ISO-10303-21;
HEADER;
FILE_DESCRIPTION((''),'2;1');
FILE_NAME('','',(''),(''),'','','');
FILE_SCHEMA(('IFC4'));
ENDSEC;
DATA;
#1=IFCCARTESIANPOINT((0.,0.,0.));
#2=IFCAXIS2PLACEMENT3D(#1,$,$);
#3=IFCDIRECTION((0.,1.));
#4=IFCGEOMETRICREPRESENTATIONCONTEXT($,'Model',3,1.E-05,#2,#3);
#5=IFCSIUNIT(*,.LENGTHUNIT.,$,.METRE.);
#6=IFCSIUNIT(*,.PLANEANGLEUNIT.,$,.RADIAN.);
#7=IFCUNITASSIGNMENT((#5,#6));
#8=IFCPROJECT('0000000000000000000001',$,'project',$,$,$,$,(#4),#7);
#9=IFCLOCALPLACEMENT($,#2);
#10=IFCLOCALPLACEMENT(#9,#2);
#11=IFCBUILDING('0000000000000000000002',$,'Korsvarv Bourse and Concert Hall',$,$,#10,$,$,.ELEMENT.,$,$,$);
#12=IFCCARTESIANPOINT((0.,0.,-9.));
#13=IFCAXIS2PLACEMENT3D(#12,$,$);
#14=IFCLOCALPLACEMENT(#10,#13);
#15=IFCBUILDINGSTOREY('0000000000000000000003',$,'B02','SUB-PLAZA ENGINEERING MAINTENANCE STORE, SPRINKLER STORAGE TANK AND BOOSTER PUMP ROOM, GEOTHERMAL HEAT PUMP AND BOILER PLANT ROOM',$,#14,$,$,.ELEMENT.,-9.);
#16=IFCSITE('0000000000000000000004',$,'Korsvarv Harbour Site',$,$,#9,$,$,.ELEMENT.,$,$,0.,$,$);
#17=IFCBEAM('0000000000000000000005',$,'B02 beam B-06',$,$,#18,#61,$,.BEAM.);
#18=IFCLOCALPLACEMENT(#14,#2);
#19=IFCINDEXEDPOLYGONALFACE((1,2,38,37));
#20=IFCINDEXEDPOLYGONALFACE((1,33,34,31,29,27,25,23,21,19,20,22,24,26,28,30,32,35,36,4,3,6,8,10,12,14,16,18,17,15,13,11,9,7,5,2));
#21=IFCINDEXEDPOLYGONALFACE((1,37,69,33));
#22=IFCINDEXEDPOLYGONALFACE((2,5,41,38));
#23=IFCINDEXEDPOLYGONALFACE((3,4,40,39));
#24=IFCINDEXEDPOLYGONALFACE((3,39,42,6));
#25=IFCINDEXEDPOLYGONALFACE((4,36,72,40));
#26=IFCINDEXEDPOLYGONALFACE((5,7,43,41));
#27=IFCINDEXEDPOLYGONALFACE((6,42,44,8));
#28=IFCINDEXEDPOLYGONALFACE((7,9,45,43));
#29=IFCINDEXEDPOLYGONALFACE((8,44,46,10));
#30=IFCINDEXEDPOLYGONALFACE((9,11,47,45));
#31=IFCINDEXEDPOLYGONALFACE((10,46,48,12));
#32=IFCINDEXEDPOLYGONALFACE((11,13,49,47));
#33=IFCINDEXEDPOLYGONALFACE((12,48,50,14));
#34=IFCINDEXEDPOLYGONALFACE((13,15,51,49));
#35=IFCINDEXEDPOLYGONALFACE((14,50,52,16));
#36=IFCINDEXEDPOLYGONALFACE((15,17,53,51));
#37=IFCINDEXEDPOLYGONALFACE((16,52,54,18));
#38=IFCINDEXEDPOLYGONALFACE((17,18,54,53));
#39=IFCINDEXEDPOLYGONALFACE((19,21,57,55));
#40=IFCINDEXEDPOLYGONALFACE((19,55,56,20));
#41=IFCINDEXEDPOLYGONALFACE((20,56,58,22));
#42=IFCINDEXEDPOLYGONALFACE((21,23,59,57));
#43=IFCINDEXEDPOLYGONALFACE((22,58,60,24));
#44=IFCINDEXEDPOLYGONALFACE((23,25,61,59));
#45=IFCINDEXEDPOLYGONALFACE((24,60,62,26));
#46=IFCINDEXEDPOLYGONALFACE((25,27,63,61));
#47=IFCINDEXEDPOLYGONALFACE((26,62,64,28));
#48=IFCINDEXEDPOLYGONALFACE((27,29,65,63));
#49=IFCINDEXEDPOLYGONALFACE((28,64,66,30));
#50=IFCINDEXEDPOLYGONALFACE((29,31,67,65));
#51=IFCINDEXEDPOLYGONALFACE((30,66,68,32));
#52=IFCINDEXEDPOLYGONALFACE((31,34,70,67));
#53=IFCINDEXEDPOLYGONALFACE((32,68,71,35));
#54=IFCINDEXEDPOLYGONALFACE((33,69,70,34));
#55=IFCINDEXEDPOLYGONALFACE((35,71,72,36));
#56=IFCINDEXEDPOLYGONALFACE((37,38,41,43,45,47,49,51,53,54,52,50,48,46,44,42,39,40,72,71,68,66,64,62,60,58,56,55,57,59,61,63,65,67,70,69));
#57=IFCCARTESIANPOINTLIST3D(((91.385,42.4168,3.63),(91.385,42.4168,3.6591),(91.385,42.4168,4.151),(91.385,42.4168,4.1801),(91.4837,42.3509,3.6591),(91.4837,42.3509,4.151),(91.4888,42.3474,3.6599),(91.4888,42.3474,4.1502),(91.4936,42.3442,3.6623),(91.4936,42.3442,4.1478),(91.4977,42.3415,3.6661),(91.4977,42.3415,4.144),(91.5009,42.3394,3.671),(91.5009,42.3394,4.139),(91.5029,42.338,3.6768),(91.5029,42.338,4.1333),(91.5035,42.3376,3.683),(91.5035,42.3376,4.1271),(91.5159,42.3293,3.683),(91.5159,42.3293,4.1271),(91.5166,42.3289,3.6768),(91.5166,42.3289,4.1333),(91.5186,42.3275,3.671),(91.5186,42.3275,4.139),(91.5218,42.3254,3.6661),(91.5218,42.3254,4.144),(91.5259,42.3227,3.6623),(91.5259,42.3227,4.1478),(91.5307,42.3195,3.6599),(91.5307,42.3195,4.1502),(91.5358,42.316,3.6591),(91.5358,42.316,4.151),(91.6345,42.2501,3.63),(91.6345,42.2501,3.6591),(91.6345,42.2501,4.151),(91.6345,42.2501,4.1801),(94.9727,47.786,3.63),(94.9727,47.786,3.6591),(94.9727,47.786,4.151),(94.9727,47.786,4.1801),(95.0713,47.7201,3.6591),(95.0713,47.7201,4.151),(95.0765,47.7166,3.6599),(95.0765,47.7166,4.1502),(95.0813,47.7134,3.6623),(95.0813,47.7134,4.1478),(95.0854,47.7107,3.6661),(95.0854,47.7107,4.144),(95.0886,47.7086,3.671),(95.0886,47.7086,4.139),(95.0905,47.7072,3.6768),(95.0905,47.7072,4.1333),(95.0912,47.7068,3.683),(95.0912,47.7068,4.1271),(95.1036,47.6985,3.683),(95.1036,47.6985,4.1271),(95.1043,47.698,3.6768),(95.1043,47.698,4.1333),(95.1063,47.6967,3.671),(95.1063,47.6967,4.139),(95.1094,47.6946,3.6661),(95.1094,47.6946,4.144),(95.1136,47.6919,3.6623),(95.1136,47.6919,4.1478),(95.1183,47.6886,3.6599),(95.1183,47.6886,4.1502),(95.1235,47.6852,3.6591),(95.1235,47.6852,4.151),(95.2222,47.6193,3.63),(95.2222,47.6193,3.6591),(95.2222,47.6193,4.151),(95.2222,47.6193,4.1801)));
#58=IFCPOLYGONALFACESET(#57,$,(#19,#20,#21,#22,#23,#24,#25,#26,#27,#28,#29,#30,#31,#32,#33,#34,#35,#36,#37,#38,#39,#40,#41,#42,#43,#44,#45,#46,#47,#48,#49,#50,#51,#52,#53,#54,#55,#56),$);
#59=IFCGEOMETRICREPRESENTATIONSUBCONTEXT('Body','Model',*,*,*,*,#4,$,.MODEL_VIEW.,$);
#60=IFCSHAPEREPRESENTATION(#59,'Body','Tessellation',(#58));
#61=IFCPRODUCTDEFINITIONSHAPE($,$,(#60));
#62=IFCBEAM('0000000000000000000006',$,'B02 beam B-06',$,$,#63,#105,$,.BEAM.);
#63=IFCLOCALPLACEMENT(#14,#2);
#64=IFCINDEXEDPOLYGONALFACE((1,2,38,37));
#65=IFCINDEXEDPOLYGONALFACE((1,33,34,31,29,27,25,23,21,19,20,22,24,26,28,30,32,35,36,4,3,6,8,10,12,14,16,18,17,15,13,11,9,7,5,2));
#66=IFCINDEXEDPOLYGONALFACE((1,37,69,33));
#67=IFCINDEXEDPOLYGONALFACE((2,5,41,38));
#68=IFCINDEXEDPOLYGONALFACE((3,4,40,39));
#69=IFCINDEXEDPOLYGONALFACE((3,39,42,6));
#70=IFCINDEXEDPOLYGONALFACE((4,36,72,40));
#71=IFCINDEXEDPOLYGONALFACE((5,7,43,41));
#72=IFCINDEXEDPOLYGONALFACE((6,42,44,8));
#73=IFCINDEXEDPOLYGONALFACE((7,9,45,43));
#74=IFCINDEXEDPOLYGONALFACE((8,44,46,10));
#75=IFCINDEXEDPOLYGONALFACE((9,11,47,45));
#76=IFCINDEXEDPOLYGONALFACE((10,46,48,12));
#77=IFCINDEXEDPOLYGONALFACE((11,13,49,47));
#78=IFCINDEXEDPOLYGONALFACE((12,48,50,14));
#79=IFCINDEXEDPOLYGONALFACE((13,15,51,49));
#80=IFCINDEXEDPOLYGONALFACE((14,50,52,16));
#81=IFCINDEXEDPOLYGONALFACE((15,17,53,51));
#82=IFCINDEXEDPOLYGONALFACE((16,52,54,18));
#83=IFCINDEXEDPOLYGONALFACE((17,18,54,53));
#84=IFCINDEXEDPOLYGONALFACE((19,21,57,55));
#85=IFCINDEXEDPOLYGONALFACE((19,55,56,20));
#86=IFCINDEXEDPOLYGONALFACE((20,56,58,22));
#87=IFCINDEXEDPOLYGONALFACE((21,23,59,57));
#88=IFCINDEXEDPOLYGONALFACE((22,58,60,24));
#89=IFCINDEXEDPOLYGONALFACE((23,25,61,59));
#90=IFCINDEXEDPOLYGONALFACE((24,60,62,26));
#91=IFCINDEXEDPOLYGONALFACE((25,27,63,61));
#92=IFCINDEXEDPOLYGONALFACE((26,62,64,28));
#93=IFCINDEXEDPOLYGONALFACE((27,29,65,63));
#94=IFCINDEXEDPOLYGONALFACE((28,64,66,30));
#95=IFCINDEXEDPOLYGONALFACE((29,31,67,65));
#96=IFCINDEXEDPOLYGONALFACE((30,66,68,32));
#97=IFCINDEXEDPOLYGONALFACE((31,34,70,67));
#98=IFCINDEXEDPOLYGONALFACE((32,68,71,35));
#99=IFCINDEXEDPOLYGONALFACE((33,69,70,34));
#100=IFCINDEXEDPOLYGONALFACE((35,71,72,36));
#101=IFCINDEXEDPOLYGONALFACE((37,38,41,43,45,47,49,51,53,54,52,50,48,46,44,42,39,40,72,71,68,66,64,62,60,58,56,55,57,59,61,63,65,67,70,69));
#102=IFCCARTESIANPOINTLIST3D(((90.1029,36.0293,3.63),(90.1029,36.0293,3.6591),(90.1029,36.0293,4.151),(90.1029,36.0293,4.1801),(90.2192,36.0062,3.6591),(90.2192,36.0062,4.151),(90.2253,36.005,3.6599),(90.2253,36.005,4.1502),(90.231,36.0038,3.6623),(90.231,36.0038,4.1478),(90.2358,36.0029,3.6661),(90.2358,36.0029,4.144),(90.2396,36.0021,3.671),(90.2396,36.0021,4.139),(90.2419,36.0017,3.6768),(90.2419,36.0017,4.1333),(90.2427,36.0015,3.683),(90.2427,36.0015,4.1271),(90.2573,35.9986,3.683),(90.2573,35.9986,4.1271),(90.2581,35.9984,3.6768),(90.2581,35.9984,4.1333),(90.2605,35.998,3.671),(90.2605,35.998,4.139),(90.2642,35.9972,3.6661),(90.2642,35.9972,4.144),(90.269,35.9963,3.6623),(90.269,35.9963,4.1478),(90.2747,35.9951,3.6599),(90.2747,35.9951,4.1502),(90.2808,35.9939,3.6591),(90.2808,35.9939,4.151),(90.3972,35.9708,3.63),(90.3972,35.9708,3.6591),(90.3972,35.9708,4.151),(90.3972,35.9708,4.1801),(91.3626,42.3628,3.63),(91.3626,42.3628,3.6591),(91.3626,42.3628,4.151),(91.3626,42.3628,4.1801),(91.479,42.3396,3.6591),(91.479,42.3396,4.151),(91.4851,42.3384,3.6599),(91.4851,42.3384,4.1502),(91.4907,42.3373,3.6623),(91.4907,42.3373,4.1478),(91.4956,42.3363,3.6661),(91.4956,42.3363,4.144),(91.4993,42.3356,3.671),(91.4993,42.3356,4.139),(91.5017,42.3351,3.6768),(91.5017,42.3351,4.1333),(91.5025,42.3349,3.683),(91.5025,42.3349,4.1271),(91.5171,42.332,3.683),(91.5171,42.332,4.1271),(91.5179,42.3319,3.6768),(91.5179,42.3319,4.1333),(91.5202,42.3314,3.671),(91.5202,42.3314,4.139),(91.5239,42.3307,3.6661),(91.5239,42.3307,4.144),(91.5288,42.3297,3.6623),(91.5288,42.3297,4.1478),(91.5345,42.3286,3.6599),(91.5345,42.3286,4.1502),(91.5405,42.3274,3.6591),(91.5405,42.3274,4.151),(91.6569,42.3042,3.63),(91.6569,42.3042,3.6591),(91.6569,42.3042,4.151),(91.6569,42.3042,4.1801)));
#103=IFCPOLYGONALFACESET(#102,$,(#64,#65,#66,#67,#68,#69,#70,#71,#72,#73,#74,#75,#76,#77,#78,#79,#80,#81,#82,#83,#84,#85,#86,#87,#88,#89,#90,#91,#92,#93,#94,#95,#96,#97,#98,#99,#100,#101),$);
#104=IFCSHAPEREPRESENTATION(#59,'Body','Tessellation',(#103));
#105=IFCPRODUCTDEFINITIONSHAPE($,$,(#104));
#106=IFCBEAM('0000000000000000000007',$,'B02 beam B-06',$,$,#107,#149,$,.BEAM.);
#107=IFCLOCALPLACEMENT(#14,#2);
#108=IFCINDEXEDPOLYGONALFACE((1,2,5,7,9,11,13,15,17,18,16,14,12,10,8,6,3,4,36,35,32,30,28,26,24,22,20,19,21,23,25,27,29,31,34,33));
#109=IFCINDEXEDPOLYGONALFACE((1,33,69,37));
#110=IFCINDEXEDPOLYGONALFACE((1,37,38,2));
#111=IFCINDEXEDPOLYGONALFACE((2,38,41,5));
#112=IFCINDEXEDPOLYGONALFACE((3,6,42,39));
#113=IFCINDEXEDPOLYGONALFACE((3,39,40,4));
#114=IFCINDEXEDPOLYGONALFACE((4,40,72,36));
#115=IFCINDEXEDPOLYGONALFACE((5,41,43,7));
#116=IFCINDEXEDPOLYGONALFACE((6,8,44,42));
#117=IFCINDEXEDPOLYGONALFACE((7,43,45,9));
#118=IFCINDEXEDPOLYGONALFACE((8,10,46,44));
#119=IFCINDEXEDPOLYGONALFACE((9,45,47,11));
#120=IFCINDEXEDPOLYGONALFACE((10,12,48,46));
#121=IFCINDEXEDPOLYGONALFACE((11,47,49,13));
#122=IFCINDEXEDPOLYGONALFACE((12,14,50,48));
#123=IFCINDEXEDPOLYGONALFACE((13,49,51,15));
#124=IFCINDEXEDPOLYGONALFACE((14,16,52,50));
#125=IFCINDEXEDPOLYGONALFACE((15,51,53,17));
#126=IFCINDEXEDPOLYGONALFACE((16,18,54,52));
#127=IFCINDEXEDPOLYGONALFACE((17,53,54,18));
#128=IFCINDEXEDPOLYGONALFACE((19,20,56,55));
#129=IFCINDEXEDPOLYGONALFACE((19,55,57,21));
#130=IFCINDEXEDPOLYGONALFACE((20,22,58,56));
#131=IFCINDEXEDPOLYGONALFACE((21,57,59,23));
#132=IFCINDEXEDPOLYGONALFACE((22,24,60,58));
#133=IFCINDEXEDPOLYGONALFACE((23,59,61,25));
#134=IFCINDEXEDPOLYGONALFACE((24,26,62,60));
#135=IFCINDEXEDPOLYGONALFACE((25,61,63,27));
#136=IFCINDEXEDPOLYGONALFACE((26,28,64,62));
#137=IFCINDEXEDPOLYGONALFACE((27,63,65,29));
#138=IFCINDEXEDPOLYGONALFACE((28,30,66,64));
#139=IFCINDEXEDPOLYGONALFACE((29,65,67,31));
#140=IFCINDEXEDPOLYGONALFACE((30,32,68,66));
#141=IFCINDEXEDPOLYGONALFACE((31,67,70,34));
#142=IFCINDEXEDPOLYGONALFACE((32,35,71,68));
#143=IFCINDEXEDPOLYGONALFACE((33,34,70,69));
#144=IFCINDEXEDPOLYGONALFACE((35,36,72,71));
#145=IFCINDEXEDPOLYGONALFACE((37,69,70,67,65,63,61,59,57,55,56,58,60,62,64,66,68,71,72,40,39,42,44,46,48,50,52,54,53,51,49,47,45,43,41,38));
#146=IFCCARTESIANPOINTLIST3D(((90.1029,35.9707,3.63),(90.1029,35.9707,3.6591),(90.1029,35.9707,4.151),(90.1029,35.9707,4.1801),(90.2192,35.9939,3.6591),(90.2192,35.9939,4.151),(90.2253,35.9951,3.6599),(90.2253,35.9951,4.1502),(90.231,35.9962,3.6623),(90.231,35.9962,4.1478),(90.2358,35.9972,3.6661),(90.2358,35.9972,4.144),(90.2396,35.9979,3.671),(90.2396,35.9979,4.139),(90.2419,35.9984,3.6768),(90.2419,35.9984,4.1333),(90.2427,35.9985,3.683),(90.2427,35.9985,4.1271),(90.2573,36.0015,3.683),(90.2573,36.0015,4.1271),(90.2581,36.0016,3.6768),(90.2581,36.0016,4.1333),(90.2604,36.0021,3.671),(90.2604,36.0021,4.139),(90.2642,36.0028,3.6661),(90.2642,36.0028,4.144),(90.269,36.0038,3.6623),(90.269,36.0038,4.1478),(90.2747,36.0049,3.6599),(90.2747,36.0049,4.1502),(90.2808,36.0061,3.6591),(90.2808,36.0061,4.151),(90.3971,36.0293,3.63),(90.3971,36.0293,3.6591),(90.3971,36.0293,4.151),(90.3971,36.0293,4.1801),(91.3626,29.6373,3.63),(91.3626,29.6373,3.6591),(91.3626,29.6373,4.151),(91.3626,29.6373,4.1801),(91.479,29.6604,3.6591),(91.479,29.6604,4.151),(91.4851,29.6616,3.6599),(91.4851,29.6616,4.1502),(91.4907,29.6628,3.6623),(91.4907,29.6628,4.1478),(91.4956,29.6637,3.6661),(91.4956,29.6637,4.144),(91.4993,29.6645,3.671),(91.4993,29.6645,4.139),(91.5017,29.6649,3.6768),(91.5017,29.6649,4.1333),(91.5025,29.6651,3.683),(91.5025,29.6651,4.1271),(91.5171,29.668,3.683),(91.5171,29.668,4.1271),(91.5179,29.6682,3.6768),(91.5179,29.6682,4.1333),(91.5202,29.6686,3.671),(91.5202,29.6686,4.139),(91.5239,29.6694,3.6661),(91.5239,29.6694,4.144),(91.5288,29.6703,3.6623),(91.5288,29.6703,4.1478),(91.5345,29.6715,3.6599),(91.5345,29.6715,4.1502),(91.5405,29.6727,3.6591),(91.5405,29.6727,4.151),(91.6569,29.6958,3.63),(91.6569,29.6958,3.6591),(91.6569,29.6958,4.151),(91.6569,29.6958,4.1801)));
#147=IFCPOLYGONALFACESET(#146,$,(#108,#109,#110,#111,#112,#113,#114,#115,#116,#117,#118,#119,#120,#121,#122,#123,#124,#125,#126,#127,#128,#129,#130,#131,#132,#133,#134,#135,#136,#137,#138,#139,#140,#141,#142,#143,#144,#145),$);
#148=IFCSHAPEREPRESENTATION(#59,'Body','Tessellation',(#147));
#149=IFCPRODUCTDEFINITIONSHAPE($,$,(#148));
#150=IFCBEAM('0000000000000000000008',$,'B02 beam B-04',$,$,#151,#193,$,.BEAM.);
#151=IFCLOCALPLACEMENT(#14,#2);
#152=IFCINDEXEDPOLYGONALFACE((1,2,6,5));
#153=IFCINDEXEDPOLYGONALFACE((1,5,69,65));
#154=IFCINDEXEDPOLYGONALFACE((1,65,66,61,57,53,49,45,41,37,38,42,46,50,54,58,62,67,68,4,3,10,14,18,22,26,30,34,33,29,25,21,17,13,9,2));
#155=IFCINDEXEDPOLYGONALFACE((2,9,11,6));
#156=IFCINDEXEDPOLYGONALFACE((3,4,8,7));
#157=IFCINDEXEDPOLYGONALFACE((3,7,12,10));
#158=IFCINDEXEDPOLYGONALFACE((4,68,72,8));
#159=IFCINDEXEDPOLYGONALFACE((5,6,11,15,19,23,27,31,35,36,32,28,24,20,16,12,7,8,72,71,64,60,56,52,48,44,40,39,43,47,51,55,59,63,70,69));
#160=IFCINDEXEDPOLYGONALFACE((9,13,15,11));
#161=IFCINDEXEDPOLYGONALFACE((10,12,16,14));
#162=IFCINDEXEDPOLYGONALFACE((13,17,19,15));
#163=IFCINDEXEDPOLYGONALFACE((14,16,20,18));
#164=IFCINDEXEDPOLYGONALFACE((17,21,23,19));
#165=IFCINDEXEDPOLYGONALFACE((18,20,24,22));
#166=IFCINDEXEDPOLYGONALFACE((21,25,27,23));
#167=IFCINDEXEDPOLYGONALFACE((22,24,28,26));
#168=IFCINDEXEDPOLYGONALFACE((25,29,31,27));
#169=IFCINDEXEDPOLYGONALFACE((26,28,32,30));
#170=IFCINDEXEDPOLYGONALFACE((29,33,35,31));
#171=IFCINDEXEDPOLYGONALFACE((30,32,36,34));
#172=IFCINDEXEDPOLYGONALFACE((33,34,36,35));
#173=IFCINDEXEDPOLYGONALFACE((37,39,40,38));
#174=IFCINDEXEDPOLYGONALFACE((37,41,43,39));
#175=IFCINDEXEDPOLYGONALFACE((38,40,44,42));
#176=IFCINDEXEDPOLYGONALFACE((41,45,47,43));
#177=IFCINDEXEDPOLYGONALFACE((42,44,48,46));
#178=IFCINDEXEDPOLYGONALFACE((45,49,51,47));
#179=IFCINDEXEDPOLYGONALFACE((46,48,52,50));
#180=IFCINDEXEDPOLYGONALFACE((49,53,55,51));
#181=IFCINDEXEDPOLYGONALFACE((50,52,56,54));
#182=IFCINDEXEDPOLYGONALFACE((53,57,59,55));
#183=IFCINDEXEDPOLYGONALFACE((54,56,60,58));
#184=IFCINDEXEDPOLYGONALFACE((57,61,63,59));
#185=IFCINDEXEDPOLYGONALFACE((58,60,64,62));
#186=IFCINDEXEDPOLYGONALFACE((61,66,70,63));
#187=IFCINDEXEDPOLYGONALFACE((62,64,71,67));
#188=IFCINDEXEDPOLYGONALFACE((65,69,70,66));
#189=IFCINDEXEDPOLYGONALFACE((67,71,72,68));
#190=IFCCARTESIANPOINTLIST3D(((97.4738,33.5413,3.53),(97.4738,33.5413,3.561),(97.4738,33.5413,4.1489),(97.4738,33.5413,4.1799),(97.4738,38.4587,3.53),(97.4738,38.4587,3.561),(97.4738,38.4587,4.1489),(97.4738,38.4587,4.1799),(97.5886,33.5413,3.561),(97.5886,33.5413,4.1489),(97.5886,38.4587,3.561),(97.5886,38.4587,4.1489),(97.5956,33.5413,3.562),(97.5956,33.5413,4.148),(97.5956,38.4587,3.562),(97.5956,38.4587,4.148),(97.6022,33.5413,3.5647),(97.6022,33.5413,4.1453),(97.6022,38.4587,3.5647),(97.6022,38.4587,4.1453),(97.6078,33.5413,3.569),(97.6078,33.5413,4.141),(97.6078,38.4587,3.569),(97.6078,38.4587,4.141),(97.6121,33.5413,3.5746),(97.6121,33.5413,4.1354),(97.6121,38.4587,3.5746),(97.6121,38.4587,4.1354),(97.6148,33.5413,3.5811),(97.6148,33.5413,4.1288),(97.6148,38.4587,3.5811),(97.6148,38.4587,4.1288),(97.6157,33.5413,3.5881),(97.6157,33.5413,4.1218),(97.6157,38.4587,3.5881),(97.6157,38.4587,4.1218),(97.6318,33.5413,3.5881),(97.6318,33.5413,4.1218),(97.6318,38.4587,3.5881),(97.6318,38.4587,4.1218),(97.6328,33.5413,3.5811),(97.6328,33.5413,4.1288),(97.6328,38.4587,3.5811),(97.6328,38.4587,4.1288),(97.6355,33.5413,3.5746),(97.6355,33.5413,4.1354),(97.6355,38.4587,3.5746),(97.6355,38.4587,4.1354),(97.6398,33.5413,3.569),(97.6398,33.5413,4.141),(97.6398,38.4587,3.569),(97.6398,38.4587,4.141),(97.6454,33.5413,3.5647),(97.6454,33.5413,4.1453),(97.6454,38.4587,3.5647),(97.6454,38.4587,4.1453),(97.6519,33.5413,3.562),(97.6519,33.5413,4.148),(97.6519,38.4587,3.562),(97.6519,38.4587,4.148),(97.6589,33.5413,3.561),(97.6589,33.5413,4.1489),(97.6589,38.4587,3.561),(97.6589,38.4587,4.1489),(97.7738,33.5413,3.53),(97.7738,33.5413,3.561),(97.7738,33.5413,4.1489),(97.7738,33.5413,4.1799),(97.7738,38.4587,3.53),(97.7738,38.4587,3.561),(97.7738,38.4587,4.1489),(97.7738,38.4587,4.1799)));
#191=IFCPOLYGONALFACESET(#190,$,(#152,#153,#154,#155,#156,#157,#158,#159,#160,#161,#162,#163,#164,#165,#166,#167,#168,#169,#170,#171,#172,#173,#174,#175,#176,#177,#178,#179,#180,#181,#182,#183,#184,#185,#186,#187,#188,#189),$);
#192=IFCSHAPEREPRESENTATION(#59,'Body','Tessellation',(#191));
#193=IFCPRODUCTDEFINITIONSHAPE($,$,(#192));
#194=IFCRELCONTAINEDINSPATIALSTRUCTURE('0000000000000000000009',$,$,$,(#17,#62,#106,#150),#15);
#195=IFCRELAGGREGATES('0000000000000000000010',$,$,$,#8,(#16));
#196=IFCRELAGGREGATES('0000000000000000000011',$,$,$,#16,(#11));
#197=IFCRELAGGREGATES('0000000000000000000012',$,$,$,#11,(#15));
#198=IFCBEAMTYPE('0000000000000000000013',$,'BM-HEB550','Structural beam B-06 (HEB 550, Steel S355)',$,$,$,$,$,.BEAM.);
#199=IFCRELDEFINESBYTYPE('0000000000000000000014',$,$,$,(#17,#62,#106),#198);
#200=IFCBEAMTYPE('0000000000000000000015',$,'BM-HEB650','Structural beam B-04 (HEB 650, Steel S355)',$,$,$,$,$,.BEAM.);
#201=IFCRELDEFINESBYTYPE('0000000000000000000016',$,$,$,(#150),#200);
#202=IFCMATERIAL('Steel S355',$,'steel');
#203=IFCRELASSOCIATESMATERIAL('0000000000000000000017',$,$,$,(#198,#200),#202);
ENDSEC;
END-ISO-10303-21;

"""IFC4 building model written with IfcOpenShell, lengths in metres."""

from ifc_helpers import new_model, si_unit, direction, frame, origin, origin_2d, place, context, subcontext, project, spatial, i_section, extrude, source, transform, mapped, material, material_profile, profile_set, type_object, element, save


model = new_model("IFC4")

# Units and contexts
model_context = context("Model", 3, precision=1e-05, world=origin(), true_north=direction((0.0, 1.0)))
body_context = subcontext(model_context, "Body", "Model", "MODEL_VIEW")
ifc_project = project(units=[si_unit("LENGTHUNIT", "METRE"), si_unit("PLANEANGLEUNIT", "RADIAN")], contexts=[model_context])

# Site, building, storey
site_placement = place(None, origin())
site = spatial("IfcSite", under=ifc_project, at=site_placement, Name="Korsvarv Harbour Site", CompositionType="ELEMENT", RefElevation=0.0)
building_placement = place(site_placement, origin())
building = spatial("IfcBuilding", under=site, at=building_placement, Name="Korsvarv Bourse and Concert Hall", CompositionType="ELEMENT")
storey_placement = place(building_placement, frame((0.0, 0.0, -9.0)))
storey = spatial("IfcBuildingStorey", under=building, at=storey_placement, Name="B02", Description="SUB-PLAZA ENGINEERING MAINTENANCE STORE, SPRINKLER STORAGE TANK AND BOOSTER PUMP ROOM, GEOTHERMAL HEAT PUMP AND BOILER PLANT ROOM", CompositionType="ELEMENT", Elevation=-9.0)

# Beams
ifc_material_1 = material(Name="Steel S355", Category="steel")
ifc_material_profile_1 = material_profile(ifc_material_1, i_section(OverallWidth=0.3, OverallDepth=0.55, WebThickness=0.0149, FlangeThickness=0.0291, FilletRadius=0.0239, at=origin_2d()), Name="HEB 550")
ifc_profile_set_1 = profile_set([ifc_material_profile_1], Name="Steel S355")
beam_type_1 = type_object("IfcBeamType", Name="BM-HEB550", Description="Structural beam B-06 (HEB 550, Steel S355)", PredefinedType="BEAM", material=ifc_profile_set_1)
shared_shape_1 = source(origin(), body_context, "Body", "SweptSolid", [
    extrude(i_section(OverallWidth=0.3, OverallDepth=0.55, WebThickness=0.0149, FlangeThickness=0.0291, FilletRadius=0.0239, at=origin_2d()), origin(), (0.0, 0.0, 1.0), 6.4575),
])
for number, where, z_axis, x_axis, name in (
    (1, (95.0974, 47.7026, 3.905), (-0.555581, -0.831462, 0.0), (0.831462, -0.555581, 0.0), "B02 beam B-06"),
    (2, (91.5098, 42.3335, 3.905), (-0.195084, -0.980787, 0.0), (0.980787, -0.195084, 0.0), "B02 beam B-06"),
    (3, (90.25, 36.0, 3.905), (0.195084, -0.980787, 0.0), (0.980787, 0.195084, 0.0), "B02 beam B-06"),
):
    element("IfcBeam", number, at=place(storey_placement, frame(where, z_axis=z_axis, x_axis=x_axis)), inside=storey, type_object=beam_type_1, Name=name, PredefinedType="BEAM", context=body_context, shape_type="MappedRepresentation", body=[
        mapped(shared_shape_1, transform((0.0, 0.0, 0.0), scale=1.0)),
    ])
ifc_material_profile_2 = material_profile(ifc_material_1, i_section(OverallWidth=0.3, OverallDepth=0.6499, WebThickness=0.0161, FlangeThickness=0.031, FilletRadius=0.0271, at=origin_2d()), Name="HEB 650")
ifc_profile_set_2 = profile_set([ifc_material_profile_2], Name="Steel S355")
beam_type_2 = type_object("IfcBeamType", Name="BM-HEB650", Description="Structural beam B-04 (HEB 650, Steel S355)", PredefinedType="BEAM", material=ifc_profile_set_2)
shared_shape_2 = source(origin(), body_context, "Body", "SweptSolid", [
    extrude(i_section(OverallWidth=0.3, OverallDepth=0.6499, WebThickness=0.0161, FlangeThickness=0.031, FilletRadius=0.0271, at=origin_2d()), origin(), (0.0, 0.0, 1.0), 4.9175),
])
beam_1_placement = place(storey_placement, frame((97.6238, 38.4587, 3.855), z_axis=(0.0, -1.0, 0.0), x_axis=(1.0, 0.0, 0.0)))
element("IfcBeam", 4, at=beam_1_placement, inside=storey, type_object=beam_type_2, Name="B02 beam B-04", PredefinedType="BEAM", context=body_context, shape_type="MappedRepresentation", body=[
    mapped(shared_shape_2, transform((0.0, 0.0, 0.0), scale=1.0)),
])

save(model, "model.ifc")
